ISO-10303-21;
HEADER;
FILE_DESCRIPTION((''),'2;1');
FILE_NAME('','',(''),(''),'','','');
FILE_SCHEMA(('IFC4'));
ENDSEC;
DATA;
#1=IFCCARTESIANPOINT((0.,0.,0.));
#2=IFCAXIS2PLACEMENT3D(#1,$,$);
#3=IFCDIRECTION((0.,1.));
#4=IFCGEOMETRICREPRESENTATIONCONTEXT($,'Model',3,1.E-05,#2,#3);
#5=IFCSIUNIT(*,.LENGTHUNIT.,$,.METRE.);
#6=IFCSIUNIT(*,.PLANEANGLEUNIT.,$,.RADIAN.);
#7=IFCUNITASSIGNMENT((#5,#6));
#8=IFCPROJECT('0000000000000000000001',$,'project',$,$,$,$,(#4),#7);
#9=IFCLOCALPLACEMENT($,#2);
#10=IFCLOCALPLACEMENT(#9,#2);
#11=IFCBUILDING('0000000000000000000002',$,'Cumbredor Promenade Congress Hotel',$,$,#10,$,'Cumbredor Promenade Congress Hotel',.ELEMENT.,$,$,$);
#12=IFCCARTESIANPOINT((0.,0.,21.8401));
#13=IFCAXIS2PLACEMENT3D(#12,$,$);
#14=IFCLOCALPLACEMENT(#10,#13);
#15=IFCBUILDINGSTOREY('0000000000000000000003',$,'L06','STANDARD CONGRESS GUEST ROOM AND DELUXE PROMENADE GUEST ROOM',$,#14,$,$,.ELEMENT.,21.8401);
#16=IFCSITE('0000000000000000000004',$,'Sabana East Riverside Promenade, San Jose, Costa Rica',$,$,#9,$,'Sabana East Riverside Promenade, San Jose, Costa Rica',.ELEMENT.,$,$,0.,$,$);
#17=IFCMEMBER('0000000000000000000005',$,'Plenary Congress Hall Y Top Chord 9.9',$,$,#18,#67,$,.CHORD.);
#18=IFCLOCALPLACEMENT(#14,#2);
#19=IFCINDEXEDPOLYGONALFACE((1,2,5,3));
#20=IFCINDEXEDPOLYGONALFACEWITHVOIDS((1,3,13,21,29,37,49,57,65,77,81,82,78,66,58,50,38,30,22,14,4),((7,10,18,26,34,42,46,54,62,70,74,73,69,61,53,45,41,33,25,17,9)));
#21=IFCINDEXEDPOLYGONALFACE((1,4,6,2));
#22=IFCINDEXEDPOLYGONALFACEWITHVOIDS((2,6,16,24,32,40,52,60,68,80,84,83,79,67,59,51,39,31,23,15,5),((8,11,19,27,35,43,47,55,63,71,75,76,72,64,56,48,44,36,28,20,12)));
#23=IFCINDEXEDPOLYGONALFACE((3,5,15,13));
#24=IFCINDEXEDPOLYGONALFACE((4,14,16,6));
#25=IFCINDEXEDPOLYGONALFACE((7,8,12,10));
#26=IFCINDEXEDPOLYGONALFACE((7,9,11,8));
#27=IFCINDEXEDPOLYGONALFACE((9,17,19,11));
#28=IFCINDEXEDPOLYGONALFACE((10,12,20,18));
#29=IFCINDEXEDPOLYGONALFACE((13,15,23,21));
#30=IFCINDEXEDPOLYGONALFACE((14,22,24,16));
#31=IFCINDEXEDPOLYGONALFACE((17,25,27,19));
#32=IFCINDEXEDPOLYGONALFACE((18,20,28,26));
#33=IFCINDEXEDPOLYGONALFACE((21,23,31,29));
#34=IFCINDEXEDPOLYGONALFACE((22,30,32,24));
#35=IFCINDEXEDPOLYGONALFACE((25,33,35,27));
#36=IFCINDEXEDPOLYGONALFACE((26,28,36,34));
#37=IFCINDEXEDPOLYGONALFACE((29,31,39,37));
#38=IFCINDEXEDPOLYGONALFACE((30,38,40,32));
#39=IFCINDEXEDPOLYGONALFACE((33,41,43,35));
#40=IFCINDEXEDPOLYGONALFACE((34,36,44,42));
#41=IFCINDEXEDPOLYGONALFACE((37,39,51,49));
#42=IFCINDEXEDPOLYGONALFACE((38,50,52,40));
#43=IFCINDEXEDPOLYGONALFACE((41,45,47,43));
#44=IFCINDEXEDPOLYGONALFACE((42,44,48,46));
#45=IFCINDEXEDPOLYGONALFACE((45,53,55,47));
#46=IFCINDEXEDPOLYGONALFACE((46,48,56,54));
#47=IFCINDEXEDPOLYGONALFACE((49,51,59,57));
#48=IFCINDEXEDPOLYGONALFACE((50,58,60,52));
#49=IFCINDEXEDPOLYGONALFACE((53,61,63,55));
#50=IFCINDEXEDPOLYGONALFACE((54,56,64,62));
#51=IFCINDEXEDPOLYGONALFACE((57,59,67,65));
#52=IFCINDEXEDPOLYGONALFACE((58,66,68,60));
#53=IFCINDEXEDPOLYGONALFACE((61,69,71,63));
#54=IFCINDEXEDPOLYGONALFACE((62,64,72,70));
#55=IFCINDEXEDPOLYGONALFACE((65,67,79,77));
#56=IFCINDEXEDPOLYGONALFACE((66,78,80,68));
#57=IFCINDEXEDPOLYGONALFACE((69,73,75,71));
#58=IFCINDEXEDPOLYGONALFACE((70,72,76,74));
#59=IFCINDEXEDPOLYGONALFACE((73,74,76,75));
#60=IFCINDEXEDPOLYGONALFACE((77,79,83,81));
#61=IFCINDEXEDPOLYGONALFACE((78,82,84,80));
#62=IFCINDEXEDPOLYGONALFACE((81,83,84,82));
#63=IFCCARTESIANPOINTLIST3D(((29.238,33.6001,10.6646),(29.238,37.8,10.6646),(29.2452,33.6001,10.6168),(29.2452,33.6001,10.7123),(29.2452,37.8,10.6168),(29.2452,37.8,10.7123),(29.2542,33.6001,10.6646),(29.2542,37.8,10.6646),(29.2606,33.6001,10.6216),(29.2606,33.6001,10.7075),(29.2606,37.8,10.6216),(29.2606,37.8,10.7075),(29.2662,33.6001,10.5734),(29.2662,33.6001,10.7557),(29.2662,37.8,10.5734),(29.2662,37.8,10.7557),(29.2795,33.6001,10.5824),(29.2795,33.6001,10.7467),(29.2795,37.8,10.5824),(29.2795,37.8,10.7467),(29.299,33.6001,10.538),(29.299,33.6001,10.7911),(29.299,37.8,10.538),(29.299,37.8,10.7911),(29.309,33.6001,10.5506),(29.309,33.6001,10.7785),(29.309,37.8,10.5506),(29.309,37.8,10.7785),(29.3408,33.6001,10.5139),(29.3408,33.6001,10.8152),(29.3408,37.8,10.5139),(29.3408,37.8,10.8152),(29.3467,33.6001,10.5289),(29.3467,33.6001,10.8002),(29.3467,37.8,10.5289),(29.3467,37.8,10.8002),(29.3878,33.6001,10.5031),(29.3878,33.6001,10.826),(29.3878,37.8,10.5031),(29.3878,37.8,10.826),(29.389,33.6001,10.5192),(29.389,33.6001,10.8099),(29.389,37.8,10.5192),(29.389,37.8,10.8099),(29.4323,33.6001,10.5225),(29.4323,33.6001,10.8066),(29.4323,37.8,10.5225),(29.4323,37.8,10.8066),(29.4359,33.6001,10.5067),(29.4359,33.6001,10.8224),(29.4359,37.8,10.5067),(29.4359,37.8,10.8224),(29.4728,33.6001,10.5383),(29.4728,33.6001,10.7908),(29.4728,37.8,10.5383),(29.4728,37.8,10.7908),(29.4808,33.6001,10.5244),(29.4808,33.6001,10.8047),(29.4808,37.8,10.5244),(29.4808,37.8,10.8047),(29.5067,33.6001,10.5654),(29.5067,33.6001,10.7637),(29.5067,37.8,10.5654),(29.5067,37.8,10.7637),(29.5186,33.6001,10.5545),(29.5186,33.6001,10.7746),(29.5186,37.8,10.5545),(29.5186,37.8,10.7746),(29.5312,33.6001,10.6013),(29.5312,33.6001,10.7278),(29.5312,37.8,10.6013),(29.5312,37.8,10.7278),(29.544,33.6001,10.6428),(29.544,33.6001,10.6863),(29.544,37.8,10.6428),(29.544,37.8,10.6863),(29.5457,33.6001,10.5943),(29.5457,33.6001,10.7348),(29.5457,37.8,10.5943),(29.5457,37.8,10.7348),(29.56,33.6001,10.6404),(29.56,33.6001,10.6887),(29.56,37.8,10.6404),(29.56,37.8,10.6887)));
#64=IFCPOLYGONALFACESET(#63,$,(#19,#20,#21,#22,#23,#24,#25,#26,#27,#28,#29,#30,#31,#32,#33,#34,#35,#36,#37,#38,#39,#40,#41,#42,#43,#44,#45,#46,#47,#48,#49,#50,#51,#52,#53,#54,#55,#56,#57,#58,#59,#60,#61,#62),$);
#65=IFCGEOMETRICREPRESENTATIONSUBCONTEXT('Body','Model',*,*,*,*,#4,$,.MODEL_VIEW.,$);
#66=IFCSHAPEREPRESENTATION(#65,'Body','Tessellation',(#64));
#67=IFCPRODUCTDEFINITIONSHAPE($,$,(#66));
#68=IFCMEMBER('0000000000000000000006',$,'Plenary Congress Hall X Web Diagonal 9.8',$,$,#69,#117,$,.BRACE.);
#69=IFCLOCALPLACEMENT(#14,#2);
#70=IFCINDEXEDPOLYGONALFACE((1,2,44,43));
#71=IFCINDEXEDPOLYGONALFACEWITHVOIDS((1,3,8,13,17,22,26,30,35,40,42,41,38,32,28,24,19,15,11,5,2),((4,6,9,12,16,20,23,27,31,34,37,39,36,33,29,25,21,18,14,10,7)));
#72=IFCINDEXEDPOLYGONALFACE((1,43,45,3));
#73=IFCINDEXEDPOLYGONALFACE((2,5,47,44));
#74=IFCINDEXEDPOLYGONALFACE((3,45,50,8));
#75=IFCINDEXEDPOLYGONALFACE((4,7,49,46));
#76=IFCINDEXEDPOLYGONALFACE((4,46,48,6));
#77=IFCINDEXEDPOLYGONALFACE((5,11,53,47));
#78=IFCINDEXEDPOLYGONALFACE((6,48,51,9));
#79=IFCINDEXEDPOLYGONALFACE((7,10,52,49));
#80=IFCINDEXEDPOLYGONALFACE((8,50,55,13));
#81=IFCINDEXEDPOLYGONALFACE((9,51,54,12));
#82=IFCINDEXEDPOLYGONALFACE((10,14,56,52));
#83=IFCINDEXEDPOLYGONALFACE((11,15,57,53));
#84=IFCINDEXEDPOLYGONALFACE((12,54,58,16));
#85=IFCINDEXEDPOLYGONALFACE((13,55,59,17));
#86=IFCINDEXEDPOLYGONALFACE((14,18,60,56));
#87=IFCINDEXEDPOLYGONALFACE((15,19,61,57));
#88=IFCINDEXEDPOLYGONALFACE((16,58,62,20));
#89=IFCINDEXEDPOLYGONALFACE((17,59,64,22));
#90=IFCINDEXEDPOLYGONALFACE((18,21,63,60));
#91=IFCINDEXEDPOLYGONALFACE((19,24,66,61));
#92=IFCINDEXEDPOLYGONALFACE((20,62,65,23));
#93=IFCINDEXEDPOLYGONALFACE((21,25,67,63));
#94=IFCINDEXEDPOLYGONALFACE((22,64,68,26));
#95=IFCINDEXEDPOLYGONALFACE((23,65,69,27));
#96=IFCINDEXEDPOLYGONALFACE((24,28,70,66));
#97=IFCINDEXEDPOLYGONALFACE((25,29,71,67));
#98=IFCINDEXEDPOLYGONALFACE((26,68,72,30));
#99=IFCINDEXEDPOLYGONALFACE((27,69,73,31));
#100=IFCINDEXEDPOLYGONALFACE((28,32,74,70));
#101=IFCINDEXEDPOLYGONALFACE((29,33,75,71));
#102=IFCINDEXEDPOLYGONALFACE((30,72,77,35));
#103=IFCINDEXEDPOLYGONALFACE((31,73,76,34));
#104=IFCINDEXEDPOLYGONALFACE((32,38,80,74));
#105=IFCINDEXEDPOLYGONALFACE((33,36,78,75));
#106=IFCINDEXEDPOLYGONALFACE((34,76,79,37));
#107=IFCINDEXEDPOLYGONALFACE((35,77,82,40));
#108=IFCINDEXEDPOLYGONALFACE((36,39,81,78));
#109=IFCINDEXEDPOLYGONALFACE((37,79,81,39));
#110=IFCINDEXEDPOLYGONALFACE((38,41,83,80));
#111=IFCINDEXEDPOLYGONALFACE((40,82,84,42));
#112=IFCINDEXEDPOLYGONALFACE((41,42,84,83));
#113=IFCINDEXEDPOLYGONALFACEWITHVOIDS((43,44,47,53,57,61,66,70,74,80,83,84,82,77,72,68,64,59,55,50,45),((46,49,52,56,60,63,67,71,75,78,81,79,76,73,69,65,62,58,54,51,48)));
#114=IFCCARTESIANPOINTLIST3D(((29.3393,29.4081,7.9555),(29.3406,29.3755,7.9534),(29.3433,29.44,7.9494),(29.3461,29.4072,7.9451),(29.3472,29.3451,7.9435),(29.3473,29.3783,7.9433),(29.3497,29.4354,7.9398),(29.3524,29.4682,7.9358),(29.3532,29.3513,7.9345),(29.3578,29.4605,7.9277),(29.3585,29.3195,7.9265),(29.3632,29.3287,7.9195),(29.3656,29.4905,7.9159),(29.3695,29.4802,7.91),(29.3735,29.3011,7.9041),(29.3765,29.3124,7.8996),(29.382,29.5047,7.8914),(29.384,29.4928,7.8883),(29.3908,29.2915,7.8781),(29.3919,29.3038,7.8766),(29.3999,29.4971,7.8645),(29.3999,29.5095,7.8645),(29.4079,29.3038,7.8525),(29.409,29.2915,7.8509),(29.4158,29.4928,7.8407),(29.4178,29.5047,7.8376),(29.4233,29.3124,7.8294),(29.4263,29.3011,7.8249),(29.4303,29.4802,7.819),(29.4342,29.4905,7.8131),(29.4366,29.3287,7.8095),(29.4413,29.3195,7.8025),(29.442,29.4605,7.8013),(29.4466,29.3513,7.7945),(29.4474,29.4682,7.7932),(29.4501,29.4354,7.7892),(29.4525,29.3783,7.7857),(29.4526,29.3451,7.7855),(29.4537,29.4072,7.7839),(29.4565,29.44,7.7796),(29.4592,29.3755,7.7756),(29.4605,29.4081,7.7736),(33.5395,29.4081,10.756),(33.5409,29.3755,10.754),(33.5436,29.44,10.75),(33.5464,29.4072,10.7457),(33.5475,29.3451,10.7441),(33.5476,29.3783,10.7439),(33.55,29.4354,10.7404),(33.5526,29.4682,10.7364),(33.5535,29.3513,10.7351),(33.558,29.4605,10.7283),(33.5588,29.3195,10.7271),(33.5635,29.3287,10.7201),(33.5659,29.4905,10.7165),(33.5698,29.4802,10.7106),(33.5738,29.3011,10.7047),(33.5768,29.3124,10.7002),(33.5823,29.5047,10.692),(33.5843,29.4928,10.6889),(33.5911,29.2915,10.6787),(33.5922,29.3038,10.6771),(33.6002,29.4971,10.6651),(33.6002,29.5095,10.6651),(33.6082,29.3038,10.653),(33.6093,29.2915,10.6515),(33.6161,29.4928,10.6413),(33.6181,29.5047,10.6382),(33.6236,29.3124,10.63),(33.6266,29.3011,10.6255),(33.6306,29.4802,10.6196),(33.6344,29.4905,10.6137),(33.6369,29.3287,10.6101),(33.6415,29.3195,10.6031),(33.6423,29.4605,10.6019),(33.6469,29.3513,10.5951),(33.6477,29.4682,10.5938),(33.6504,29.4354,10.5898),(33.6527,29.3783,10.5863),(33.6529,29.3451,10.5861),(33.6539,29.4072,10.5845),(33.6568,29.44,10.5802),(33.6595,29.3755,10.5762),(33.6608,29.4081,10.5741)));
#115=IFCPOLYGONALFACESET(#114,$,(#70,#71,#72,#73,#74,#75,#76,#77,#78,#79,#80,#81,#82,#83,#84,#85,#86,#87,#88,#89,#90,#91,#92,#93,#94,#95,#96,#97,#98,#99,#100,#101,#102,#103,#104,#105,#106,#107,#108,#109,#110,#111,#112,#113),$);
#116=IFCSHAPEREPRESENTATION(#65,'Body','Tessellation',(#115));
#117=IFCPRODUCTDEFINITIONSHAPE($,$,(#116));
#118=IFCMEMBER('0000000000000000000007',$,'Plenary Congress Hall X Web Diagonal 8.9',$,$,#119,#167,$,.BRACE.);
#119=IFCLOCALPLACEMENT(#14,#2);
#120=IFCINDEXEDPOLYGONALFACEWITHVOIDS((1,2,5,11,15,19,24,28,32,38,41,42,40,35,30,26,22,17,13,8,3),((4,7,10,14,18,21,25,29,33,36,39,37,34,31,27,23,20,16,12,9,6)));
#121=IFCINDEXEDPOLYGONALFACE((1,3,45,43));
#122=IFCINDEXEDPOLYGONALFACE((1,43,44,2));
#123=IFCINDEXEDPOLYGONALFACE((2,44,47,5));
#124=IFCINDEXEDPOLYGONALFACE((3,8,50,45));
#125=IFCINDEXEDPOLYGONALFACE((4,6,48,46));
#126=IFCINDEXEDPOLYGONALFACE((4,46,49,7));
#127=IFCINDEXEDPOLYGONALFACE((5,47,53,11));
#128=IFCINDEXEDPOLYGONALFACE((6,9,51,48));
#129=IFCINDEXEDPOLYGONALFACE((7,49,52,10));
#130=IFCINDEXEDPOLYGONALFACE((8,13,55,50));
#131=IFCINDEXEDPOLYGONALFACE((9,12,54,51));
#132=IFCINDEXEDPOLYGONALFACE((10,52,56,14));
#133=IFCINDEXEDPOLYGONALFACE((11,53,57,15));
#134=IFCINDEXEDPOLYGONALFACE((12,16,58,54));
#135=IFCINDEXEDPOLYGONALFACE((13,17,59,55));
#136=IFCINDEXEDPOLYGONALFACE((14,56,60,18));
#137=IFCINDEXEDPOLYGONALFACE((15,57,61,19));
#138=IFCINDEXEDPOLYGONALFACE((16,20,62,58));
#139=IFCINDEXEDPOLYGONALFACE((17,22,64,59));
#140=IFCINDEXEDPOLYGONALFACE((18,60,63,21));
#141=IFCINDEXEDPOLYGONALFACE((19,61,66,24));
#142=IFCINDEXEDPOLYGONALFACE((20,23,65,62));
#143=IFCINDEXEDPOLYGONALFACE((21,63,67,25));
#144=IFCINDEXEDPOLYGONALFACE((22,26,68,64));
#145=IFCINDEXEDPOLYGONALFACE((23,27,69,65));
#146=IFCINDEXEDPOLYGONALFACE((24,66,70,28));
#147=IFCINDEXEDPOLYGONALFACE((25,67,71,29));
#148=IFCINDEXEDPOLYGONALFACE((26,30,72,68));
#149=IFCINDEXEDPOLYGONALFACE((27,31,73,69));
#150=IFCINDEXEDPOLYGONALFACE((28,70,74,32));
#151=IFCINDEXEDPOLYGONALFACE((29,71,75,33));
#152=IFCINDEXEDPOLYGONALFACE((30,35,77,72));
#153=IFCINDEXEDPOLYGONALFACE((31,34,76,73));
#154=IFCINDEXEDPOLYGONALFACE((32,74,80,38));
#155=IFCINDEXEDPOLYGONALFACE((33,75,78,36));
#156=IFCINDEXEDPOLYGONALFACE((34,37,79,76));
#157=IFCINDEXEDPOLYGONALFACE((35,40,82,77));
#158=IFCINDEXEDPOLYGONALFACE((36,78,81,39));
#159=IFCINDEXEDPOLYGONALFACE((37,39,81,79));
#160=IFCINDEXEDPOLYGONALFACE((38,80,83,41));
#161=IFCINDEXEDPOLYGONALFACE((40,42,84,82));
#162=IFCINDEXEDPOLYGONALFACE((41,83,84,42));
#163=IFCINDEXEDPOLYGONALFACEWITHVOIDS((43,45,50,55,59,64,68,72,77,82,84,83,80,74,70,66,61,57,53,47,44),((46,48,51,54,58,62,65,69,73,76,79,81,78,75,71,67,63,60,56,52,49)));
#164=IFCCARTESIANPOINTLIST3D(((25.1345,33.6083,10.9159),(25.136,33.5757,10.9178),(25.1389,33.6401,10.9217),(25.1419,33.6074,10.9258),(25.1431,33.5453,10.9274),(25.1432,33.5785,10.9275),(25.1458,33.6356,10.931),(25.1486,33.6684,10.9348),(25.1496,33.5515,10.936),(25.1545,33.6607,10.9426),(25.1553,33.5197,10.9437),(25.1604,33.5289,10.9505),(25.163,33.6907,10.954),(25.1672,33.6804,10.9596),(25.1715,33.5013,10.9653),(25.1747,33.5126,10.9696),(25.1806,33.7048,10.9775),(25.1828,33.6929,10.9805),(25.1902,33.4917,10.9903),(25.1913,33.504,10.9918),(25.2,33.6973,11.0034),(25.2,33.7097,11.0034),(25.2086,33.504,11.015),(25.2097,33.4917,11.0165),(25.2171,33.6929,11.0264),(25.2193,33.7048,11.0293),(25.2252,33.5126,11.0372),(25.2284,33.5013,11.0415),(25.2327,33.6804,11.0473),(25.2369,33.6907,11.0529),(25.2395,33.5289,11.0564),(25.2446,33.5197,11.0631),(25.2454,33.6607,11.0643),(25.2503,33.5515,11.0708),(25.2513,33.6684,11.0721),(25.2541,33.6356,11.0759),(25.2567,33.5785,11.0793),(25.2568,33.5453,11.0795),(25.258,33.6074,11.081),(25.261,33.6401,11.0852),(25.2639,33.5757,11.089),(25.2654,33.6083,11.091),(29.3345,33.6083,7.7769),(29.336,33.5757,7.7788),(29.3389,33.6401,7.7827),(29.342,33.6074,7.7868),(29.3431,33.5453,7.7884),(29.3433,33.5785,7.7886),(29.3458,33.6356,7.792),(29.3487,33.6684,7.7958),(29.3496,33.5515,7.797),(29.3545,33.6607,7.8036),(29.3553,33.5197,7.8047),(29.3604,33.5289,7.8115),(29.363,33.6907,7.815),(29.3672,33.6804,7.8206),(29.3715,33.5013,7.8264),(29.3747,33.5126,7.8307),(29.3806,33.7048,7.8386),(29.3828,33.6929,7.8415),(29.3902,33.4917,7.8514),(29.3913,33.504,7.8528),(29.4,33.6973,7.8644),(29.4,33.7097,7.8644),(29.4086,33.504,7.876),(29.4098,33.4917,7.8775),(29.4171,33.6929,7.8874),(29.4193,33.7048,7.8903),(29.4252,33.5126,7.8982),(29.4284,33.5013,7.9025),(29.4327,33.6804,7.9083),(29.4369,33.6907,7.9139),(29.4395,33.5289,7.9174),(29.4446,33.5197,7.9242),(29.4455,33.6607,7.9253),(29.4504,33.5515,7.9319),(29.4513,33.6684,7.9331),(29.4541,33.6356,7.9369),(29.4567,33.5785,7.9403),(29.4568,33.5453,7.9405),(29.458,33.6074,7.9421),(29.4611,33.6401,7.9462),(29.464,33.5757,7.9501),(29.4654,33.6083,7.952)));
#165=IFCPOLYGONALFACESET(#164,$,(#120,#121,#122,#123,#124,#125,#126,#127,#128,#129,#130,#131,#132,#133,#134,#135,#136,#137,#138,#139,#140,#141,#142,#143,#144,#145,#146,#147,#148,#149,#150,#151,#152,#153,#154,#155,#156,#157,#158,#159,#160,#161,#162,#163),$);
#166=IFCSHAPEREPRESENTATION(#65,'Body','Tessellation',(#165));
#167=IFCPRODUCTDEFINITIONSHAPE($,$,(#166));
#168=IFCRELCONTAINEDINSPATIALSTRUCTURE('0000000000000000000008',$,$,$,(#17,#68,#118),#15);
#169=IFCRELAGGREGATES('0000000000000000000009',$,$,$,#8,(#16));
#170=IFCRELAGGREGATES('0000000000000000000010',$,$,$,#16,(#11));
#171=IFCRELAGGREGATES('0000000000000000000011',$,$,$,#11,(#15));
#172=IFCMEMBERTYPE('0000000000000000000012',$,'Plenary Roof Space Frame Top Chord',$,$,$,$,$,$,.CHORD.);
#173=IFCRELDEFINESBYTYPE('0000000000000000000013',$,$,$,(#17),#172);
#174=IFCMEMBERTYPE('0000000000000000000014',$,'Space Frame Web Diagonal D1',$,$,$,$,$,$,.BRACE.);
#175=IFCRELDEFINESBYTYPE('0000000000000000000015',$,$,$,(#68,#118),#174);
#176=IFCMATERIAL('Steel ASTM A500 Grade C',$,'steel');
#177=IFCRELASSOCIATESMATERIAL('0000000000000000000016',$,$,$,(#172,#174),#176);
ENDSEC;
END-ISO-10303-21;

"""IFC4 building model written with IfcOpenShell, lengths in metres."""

from ifc_helpers import new_model, si_unit, direction, frame, origin, origin_2d, place, context, subcontext, project, spatial, hollow_circle, extrude, material, material_profile, profile_set, type_object, element, save


model = new_model("IFC4")

# Units and contexts
model_context = context("Model", 3, precision=1e-05, world=origin(), true_north=direction((0.0, 1.0)))
body_context = subcontext(model_context, "Body", "Model", "MODEL_VIEW")
ifc_project = project(units=[si_unit("LENGTHUNIT", "METRE"), si_unit("PLANEANGLEUNIT", "RADIAN")], contexts=[model_context])

# Site, building, storey
site_placement = place(None, origin())
site = spatial("IfcSite", under=ifc_project, at=site_placement, Name="Sabana East Riverside Promenade, San Jose, Costa Rica", LongName="Sabana East Riverside Promenade, San Jose, Costa Rica", CompositionType="ELEMENT", RefElevation=0.0)
building_placement = place(site_placement, origin())
building = spatial("IfcBuilding", under=site, at=building_placement, Name="Cumbredor Promenade Congress Hotel", LongName="Cumbredor Promenade Congress Hotel", CompositionType="ELEMENT")
storey_placement = place(building_placement, frame((0.0, 0.0, 21.8401)))
storey = spatial("IfcBuildingStorey", under=building, at=storey_placement, Name="L06", Description="STANDARD CONGRESS GUEST ROOM AND DELUXE PROMENADE GUEST ROOM", CompositionType="ELEMENT", Elevation=21.8401)

# Members
ifc_material_1 = material(Name="Steel ASTM A500 Grade C", Category="steel")
ifc_material_profile_1 = material_profile(ifc_material_1, hollow_circle(Radius=0.1619, WallThickness=0.0161, at=origin_2d()), Name="CHS 323.9x16")
ifc_profile_set_1 = profile_set([ifc_material_profile_1], Name="Steel ASTM A500 Grade C")
member_type_1 = type_object("IfcMemberType", Name="Plenary Roof Space Frame Top Chord", PredefinedType="CHORD", material=ifc_profile_set_1)
member_1_placement = place(storey_placement, frame((29.3999, 33.6001, 10.6646), z_axis=(0.0, 1.0, 0.0), x_axis=(-1.0, 0.0, 0.0)))
element("IfcMember", 1, at=member_1_placement, inside=storey, type_object=member_type_1, Name="Plenary Congress Hall Y Top Chord 9.9", PredefinedType="CHORD", context=body_context, shape_type="SweptSolid", body=[
    extrude(hollow_circle(Radius=0.1619, WallThickness=0.0161, at=origin_2d()), origin(), (0.0, 0.0, 1.0), 4.2),
])
ifc_material_profile_2 = material_profile(ifc_material_1, hollow_circle(Radius=0.1096, WallThickness=0.0125, at=origin_2d()), Name="CHS 219.1x12.5")
ifc_profile_set_2 = profile_set([ifc_material_profile_2], Name="Steel ASTM A500 Grade C")
member_type_2 = type_object("IfcMemberType", Name="Space Frame Web Diagonal D1", PredefinedType="BRACE", material=ifc_profile_set_2)
member_2_placement = place(storey_placement, frame((29.3999, 29.3999, 7.8645), z_axis=(0.832013, 0.0, 0.554756), x_axis=(0.0, 1.0, 0.0)))
element("IfcMember", 2, at=member_2_placement, inside=storey, type_object=member_type_2, Name="Plenary Congress Hall X Web Diagonal 9.8", PredefinedType="BRACE", context=body_context, shape_type="SweptSolid", body=[
    extrude(hollow_circle(Radius=0.1096, WallThickness=0.0125, at=origin_2d()), origin(), (0.0, 0.0, 1.0), 5.0483),
])
member_3_placement = place(storey_placement, frame((25.2, 33.6001, 11.0034), z_axis=(0.80101, 0.0, -0.598651), x_axis=(0.0, 1.0, 0.0)))
element("IfcMember", 3, at=member_3_placement, inside=storey, type_object=member_type_2, Name="Plenary Congress Hall X Web Diagonal 8.9", PredefinedType="BRACE", context=body_context, shape_type="SweptSolid", body=[
    extrude(hollow_circle(Radius=0.1096, WallThickness=0.0125, at=origin_2d()), origin(), (0.0, 0.0, 1.0), 5.2434),
])

save(model, "model.ifc")
